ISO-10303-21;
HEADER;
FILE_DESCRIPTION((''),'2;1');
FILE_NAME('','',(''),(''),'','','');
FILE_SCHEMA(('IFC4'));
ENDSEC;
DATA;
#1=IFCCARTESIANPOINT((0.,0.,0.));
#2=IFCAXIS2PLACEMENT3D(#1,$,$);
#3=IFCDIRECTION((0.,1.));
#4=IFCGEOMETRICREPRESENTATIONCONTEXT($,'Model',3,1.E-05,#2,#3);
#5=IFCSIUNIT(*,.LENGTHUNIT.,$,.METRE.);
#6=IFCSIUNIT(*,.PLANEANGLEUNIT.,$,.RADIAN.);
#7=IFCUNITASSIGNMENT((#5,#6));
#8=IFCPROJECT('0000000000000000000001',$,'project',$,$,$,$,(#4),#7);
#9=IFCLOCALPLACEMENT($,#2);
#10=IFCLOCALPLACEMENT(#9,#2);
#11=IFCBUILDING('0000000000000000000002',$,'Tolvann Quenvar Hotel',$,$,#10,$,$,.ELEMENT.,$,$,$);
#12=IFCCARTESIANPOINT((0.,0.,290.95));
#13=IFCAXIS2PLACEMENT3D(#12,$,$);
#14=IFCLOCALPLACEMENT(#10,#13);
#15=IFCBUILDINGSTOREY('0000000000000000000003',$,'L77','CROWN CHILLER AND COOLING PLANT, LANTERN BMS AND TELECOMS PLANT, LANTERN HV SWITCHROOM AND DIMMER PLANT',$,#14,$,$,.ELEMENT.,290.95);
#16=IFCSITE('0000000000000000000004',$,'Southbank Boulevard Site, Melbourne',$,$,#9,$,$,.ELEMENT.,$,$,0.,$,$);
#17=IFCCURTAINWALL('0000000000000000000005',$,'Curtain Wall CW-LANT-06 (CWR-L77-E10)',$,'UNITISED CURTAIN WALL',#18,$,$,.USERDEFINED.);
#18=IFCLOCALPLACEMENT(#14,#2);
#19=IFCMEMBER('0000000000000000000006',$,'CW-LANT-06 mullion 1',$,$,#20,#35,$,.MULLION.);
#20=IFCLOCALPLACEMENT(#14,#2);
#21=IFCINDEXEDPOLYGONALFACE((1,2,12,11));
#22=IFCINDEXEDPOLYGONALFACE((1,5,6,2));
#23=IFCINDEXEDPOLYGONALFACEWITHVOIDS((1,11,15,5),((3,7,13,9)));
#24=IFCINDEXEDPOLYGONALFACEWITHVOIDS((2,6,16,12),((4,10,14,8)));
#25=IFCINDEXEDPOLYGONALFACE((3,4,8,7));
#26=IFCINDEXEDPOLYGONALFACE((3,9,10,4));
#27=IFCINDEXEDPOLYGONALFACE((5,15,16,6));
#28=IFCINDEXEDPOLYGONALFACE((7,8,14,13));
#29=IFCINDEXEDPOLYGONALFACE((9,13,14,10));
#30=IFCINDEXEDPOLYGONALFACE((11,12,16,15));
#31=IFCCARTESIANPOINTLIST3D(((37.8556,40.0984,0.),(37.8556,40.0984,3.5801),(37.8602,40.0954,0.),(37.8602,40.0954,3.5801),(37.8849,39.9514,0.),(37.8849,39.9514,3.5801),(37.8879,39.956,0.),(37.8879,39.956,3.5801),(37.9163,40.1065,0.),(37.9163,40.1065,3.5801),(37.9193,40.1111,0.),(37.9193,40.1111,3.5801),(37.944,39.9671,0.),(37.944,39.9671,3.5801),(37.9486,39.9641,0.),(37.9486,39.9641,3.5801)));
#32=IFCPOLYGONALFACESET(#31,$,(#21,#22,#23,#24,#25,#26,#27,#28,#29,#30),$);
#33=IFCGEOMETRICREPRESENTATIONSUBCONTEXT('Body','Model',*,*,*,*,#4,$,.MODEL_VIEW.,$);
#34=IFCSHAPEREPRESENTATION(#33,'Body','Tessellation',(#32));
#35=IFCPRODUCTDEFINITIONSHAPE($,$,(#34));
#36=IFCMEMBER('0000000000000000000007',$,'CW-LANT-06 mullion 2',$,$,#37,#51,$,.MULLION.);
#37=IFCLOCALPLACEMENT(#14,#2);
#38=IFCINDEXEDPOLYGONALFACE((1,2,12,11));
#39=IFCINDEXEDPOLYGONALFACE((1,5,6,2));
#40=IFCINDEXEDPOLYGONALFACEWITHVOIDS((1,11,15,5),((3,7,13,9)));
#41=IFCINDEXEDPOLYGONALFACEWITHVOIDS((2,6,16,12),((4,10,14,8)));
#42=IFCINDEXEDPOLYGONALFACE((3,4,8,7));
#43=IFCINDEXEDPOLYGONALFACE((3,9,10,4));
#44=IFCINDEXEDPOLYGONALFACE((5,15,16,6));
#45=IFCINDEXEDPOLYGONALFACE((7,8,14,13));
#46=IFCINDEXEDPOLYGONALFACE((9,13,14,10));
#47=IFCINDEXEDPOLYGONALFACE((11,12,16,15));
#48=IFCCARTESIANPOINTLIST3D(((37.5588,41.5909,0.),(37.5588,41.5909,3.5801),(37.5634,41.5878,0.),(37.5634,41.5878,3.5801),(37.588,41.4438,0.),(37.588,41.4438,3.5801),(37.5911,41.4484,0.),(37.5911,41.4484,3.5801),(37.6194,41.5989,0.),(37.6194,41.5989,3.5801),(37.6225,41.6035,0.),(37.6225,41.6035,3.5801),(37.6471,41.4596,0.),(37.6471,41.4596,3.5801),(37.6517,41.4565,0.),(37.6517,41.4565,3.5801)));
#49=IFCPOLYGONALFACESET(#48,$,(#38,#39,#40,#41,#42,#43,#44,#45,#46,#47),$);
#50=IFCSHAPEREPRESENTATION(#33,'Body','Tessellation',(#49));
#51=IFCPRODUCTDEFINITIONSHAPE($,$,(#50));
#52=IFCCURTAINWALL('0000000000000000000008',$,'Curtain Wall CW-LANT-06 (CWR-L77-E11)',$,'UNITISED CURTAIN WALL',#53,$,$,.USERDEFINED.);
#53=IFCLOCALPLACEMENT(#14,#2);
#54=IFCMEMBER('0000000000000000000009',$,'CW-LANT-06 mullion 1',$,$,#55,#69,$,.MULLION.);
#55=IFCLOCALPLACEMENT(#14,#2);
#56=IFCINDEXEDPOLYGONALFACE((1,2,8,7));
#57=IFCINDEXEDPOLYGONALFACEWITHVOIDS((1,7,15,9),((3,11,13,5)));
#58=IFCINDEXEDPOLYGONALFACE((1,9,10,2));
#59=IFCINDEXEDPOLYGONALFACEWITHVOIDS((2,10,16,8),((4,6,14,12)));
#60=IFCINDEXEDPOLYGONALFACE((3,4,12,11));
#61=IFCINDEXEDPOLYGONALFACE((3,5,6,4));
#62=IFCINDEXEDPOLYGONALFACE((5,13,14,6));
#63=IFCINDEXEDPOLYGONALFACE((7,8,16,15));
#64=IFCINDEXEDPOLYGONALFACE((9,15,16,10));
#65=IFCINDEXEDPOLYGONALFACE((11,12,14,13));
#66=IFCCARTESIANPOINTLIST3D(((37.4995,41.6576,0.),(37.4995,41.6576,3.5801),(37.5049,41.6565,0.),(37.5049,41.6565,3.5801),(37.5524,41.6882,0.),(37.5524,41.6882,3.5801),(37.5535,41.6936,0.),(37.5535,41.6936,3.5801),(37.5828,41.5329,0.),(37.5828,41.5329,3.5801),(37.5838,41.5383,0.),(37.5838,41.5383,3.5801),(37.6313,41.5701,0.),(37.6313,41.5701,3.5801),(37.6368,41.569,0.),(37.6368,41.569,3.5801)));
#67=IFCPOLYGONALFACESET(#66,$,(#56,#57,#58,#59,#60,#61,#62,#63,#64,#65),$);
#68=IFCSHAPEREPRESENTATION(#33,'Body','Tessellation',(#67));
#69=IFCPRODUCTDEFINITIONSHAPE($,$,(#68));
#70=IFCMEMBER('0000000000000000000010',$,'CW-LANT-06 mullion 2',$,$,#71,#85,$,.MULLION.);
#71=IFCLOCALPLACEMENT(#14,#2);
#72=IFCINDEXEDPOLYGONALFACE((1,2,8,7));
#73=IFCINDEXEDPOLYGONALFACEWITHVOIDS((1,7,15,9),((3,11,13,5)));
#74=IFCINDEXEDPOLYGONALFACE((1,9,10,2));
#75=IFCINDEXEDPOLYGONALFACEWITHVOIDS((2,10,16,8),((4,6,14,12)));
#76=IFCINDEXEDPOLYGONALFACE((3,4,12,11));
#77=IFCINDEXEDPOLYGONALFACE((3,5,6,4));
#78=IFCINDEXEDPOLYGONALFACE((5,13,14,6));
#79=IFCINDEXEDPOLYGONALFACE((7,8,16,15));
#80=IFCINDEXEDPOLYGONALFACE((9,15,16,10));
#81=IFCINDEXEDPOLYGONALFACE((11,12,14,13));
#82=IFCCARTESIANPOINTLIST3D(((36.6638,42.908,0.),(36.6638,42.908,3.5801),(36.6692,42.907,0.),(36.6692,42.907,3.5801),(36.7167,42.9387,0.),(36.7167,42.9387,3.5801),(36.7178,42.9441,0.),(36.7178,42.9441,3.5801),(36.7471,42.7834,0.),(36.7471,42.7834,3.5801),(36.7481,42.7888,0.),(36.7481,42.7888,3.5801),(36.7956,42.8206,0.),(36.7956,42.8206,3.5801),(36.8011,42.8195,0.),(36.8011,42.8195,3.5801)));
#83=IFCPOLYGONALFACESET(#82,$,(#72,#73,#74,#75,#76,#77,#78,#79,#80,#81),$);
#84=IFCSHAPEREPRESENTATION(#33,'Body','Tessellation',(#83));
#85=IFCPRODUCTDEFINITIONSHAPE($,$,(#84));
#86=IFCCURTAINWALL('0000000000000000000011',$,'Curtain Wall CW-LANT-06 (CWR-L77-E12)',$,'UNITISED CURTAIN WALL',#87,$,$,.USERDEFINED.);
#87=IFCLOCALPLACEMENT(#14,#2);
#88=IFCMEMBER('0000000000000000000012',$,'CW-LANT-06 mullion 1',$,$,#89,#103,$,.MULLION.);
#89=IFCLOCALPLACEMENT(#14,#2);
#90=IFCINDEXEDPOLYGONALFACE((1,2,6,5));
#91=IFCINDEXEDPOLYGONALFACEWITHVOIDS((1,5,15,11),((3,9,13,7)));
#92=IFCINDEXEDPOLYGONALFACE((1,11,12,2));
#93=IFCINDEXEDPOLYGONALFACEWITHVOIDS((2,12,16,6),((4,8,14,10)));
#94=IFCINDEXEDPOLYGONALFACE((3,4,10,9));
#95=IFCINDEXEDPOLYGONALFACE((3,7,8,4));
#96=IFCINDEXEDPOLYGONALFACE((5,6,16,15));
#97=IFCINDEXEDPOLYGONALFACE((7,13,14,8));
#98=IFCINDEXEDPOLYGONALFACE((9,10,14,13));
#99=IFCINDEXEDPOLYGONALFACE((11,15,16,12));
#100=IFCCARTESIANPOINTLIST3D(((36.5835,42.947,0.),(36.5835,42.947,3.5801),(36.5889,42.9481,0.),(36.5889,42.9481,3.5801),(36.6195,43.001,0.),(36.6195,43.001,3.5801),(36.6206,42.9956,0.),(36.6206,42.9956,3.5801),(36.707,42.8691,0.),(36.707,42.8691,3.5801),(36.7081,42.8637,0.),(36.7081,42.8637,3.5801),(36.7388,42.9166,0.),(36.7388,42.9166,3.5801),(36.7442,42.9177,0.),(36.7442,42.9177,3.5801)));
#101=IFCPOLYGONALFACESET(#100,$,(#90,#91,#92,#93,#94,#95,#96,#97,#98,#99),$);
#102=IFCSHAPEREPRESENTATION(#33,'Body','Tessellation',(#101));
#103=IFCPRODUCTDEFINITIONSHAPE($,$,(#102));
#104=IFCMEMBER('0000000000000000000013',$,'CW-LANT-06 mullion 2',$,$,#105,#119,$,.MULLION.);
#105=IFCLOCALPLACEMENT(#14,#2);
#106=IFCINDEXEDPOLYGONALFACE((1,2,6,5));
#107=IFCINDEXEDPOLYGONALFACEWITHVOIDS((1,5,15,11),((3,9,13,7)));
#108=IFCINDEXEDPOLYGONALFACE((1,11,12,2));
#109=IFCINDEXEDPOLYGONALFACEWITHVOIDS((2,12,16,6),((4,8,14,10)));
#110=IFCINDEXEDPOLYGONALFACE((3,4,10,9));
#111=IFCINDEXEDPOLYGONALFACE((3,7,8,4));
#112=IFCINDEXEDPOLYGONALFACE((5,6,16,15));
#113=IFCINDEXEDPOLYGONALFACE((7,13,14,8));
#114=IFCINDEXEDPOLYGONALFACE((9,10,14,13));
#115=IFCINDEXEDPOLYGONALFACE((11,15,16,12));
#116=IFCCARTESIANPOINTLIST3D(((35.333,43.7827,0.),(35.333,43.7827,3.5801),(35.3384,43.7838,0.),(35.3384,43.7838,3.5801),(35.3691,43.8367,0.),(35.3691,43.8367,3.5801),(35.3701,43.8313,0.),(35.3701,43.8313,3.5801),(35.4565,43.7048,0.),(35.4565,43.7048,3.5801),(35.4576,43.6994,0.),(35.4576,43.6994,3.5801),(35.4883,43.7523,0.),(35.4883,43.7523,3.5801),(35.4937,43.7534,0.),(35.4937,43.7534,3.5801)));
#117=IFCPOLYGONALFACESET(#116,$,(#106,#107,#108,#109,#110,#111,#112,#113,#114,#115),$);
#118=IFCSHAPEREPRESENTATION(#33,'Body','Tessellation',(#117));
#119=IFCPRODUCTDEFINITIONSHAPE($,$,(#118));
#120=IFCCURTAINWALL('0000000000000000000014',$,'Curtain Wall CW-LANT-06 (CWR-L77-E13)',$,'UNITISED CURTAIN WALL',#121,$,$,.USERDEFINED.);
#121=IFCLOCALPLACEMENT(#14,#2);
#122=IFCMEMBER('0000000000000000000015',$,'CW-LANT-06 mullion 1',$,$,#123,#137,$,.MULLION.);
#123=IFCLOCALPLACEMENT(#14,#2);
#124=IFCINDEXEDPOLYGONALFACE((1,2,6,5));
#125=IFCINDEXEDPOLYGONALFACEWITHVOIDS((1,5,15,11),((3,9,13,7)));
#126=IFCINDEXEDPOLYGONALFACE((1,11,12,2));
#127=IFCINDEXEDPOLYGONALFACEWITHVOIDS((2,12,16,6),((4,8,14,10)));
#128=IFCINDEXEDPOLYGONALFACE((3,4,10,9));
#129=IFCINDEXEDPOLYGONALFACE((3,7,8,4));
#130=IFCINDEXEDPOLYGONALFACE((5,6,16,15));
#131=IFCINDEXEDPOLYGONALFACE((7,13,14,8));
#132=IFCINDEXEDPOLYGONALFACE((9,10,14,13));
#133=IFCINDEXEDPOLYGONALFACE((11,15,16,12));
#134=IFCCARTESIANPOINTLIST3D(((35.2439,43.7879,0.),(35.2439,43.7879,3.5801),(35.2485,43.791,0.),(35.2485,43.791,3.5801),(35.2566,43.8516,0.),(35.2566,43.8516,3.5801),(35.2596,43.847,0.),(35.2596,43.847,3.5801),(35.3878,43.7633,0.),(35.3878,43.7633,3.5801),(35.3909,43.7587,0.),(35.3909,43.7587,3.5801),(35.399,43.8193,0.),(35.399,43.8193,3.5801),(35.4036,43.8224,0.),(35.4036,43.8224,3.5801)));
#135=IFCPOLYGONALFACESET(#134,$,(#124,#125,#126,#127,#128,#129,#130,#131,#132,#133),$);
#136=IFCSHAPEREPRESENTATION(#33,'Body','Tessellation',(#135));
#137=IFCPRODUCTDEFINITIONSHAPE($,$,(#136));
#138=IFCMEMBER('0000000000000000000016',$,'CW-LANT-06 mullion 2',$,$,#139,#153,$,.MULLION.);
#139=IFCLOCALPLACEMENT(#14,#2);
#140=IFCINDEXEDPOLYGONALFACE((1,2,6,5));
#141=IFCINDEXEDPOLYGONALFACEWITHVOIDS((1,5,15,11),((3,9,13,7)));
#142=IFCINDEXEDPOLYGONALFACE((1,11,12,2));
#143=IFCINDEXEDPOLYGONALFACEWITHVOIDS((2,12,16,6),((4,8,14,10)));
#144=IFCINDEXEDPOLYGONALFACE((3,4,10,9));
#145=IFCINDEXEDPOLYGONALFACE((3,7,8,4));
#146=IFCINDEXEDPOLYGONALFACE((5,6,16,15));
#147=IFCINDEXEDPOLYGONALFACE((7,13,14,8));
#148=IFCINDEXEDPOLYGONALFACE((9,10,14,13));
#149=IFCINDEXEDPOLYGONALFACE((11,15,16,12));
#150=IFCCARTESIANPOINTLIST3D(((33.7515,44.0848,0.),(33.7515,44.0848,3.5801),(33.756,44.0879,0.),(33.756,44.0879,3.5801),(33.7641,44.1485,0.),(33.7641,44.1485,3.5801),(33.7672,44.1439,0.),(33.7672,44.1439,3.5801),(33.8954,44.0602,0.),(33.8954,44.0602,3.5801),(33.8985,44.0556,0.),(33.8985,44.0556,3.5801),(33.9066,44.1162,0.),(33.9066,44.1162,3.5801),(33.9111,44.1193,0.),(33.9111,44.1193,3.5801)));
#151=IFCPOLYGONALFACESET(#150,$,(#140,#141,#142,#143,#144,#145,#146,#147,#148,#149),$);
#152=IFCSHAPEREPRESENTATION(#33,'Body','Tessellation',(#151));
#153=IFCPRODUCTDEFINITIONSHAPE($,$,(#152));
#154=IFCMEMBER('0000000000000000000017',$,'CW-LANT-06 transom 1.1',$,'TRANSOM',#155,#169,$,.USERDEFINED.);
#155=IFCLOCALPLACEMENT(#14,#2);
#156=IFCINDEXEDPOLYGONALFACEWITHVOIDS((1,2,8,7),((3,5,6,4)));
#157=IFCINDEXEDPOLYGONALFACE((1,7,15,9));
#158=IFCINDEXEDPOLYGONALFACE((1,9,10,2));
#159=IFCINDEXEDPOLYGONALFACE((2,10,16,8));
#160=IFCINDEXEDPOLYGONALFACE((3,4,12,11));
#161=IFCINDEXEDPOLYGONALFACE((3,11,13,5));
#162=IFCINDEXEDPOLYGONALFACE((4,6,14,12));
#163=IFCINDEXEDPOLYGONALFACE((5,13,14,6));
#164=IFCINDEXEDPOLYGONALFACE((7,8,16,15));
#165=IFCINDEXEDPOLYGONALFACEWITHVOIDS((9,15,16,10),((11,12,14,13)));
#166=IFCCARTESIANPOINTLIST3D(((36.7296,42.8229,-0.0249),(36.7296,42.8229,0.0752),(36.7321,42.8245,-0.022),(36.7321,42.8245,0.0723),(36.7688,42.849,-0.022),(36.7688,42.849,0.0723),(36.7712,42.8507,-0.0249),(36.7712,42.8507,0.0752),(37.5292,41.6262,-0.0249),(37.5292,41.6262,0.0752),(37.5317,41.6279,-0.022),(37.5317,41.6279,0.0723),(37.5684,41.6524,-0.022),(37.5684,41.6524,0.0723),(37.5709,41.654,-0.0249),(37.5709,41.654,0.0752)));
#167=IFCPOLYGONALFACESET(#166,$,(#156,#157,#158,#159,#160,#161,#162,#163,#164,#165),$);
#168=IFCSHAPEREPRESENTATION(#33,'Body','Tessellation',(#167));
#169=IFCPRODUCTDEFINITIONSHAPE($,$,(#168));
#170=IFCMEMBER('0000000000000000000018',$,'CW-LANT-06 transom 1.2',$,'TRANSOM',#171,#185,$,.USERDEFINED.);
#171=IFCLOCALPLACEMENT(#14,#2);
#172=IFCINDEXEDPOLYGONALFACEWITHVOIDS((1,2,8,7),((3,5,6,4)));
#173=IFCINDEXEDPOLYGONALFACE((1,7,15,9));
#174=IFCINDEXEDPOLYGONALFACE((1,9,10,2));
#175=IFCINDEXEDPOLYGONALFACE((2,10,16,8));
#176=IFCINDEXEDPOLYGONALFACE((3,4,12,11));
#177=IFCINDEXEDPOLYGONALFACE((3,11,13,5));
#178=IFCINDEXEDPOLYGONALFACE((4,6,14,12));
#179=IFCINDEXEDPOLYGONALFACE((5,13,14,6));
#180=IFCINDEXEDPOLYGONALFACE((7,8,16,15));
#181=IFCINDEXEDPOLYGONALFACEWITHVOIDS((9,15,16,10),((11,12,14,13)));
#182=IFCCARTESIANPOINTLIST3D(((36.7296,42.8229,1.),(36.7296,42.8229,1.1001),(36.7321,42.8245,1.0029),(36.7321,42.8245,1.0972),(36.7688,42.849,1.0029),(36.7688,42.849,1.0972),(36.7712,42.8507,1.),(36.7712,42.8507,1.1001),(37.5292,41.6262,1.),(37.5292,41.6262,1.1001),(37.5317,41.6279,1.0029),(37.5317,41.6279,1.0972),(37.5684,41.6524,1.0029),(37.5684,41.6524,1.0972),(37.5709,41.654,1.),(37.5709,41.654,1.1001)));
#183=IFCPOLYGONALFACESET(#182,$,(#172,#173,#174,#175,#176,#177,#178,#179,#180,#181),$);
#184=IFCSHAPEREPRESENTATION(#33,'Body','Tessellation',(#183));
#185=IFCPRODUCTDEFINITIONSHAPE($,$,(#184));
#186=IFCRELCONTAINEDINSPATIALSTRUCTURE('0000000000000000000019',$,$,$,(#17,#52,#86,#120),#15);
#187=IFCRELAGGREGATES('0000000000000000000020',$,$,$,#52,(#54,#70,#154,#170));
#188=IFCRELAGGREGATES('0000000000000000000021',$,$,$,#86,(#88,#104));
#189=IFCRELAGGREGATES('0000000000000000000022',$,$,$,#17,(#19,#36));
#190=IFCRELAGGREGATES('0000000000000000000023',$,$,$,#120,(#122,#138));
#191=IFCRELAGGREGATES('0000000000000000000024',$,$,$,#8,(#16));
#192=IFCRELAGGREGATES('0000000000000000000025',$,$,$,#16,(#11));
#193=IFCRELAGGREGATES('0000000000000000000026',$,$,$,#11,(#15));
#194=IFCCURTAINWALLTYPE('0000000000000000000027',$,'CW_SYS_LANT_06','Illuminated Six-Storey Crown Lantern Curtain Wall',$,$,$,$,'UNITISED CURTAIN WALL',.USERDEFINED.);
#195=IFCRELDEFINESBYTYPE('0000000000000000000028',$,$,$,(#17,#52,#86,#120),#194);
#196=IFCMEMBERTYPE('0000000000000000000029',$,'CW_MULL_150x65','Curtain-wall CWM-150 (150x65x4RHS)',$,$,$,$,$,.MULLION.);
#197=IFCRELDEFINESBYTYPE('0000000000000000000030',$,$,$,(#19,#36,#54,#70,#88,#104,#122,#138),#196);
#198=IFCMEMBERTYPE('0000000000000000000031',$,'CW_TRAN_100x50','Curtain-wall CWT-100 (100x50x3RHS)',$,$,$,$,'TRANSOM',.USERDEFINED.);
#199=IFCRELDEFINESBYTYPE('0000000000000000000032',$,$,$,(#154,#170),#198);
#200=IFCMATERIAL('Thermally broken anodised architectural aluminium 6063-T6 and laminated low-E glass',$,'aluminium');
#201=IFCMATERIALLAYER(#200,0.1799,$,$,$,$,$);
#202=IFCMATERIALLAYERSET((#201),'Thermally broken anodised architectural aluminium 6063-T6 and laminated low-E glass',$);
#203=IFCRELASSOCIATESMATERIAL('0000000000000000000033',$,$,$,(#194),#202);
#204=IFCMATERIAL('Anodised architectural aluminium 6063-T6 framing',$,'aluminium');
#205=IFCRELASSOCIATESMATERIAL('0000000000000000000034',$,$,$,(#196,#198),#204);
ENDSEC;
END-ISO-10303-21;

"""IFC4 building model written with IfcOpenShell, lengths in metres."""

from ifc_helpers import new_model, si_unit, direction, frame, origin, origin_2d, place, context, subcontext, project, spatial, hollow_rectangle, extrude, source, transform, mapped, material, layer, layer_set, material_profile, profile_set, type_object, type_shapes, element, aggregate, save


model = new_model("IFC4")

# Units and contexts
model_context = context("Model", 3, precision=1e-05, world=origin(), true_north=direction((0.0, 1.0)))
body_context = subcontext(model_context, "Body", "Model", "MODEL_VIEW")
ifc_project = project(units=[si_unit("LENGTHUNIT", "METRE"), si_unit("PLANEANGLEUNIT", "RADIAN")], contexts=[model_context])

# Site, building, storey
site_placement = place(None, origin())
site = spatial("IfcSite", under=ifc_project, at=site_placement, Name="Southbank Boulevard Site, Melbourne", CompositionType="ELEMENT", RefElevation=0.0)
building_placement = place(site_placement, origin())
building = spatial("IfcBuilding", under=site, at=building_placement, Name="Tolvann Quenvar Hotel", CompositionType="ELEMENT")
storey_placement = place(building_placement, frame((0.0, 0.0, 290.95)))
storey = spatial("IfcBuildingStorey", under=building, at=storey_placement, Name="L77", Description="CROWN CHILLER AND COOLING PLANT, LANTERN BMS AND TELECOMS PLANT, LANTERN HV SWITCHROOM AND DIMMER PLANT", CompositionType="ELEMENT", Elevation=290.95)

# Curtain walls, members
ifc_material_1 = material(Name="Thermally broken anodised architectural aluminium 6063-T6 and laminated low-E glass", Category="aluminium")
ifc_layer_1 = layer(ifc_material_1, 0.1799)
ifc_layer_set_1 = layer_set([ifc_layer_1], Name="Thermally broken anodised architectural aluminium 6063-T6 and laminated low-E glass")
curtain_wall_type = type_object("IfcCurtainWallType", Name="CW_SYS_LANT_06", Description="Illuminated Six-Storey Crown Lantern Curtain Wall", ElementType="UNITISED CURTAIN WALL", PredefinedType="USERDEFINED", material=ifc_layer_set_1)
curtain_wall_1_placement = place(storey_placement, origin())
curtain_wall_1 = element("IfcCurtainWall", 1, at=curtain_wall_1_placement, inside=storey, type_object=curtain_wall_type, Name="Curtain Wall CW-LANT-06 (CWR-L77-E10)", ObjectType="UNITISED CURTAIN WALL", PredefinedType="USERDEFINED")
ifc_material_2 = material(Name="Anodised architectural aluminium 6063-T6 framing", Category="aluminium")
ifc_material_profile_1 = material_profile(ifc_material_2, hollow_rectangle(XDim=0.0649, YDim=0.1499, WallThickness=0.0039, at=origin_2d()), Name="150x65x4RHS")
ifc_profile_set_1 = profile_set([ifc_material_profile_1], Name="Anodised architectural aluminium 6063-T6 framing")
member_type_1 = type_object("IfcMemberType", Name="CW_MULL_150x65", Description="Curtain-wall CWM-150 (150x65x4RHS)", PredefinedType="MULLION", material=ifc_profile_set_1)
shared_shape_1 = source(origin(), body_context, "Body", "SweptSolid", [
    extrude(hollow_rectangle(XDim=0.0649, YDim=0.1499, WallThickness=0.0039, at=origin_2d()), origin(), (0.0, 0.0, 1.0), 3.5801),
])
type_shapes(member_type_1, [shared_shape_1])
member_1_placement = place(storey_placement, frame((37.9021, 40.0312, 0.0), z_axis=(0.0, 0.0, 1.0), x_axis=(-0.980791, -0.195062, 0.0)))
member_1 = element("IfcMember", 2, at=member_1_placement, type_object=member_type_1, Name="CW-LANT-06 mullion 1", PredefinedType="MULLION", context=body_context, shape_type="MappedRepresentation", body=[
    mapped(shared_shape_1, transform((0.0, 0.0, 0.0), x_axis=(1.0, 0.0, 0.0), y_axis=(0.0, 1.0, 0.0), z_axis=(0.0, 0.0, 1.0), scale=1.0)),
])
member_2_placement = place(storey_placement, frame((37.6052, 41.5237, 0.0), z_axis=(0.0, 0.0, 1.0), x_axis=(-0.980791, -0.195062, 0.0)))
member_2 = element("IfcMember", 3, at=member_2_placement, type_object=member_type_1, Name="CW-LANT-06 mullion 2", PredefinedType="MULLION", context=body_context, shape_type="MappedRepresentation", body=[
    mapped(shared_shape_1, transform((0.0, 0.0, 0.0), x_axis=(1.0, 0.0, 0.0), y_axis=(0.0, 1.0, 0.0), z_axis=(0.0, 0.0, 1.0), scale=1.0)),
])
curtain_wall_2_placement = place(storey_placement, origin())
curtain_wall_2 = element("IfcCurtainWall", 4, at=curtain_wall_2_placement, inside=storey, type_object=curtain_wall_type, Name="Curtain Wall CW-LANT-06 (CWR-L77-E11)", ObjectType="UNITISED CURTAIN WALL", PredefinedType="USERDEFINED")
member_3_placement = place(storey_placement, frame((37.5681, 41.6133, 0.0), z_axis=(0.0, 0.0, 1.0), x_axis=(-0.831412, -0.555656, 0.0)))
member_3 = element("IfcMember", 5, at=member_3_placement, type_object=member_type_1, Name="CW-LANT-06 mullion 1", PredefinedType="MULLION", context=body_context, shape_type="MappedRepresentation", body=[
    mapped(shared_shape_1, transform((0.0, 0.0, 0.0), x_axis=(1.0, 0.0, 0.0), y_axis=(0.0, 1.0, 0.0), z_axis=(0.0, 0.0, 1.0), scale=1.0)),
])
member_4_placement = place(storey_placement, frame((36.7324, 42.8638, 0.0), z_axis=(0.0, 0.0, 1.0), x_axis=(-0.831412, -0.555656, 0.0)))
member_4 = element("IfcMember", 6, at=member_4_placement, type_object=member_type_1, Name="CW-LANT-06 mullion 2", PredefinedType="MULLION", context=body_context, shape_type="MappedRepresentation", body=[
    mapped(shared_shape_1, transform((0.0, 0.0, 0.0), x_axis=(1.0, 0.0, 0.0), y_axis=(0.0, 1.0, 0.0), z_axis=(0.0, 0.0, 1.0), scale=1.0)),
])
curtain_wall_3_placement = place(storey_placement, origin())
curtain_wall_3 = element("IfcCurtainWall", 7, at=curtain_wall_3_placement, inside=storey, type_object=curtain_wall_type, Name="Curtain Wall CW-LANT-06 (CWR-L77-E12)", ObjectType="UNITISED CURTAIN WALL", PredefinedType="USERDEFINED")
member_5_placement = place(storey_placement, frame((36.6638, 42.9324, 0.0), z_axis=(0.0, 0.0, 1.0), x_axis=(-0.555656, -0.831412, 0.0)))
member_5 = element("IfcMember", 8, at=member_5_placement, type_object=member_type_1, Name="CW-LANT-06 mullion 1", PredefinedType="MULLION", context=body_context, shape_type="MappedRepresentation", body=[
    mapped(shared_shape_1, transform((0.0, 0.0, 0.0), x_axis=(1.0, 0.0, 0.0), y_axis=(0.0, 1.0, 0.0), z_axis=(0.0, 0.0, 1.0), scale=1.0)),
])
member_6_placement = place(storey_placement, frame((35.4133, 43.7681, 0.0), z_axis=(0.0, 0.0, 1.0), x_axis=(-0.555656, -0.831412, 0.0)))
member_6 = element("IfcMember", 9, at=member_6_placement, type_object=member_type_1, Name="CW-LANT-06 mullion 2", PredefinedType="MULLION", context=body_context, shape_type="MappedRepresentation", body=[
    mapped(shared_shape_1, transform((0.0, 0.0, 0.0), x_axis=(1.0, 0.0, 0.0), y_axis=(0.0, 1.0, 0.0), z_axis=(0.0, 0.0, 1.0), scale=1.0)),
])
curtain_wall_4_placement = place(storey_placement, origin())
curtain_wall_4 = element("IfcCurtainWall", 10, at=curtain_wall_4_placement, inside=storey, type_object=curtain_wall_type, Name="Curtain Wall CW-LANT-06 (CWR-L77-E13)", ObjectType="UNITISED CURTAIN WALL", PredefinedType="USERDEFINED")
member_7_placement = place(storey_placement, frame((35.3237, 43.8052, 0.0), z_axis=(0.0, 0.0, 1.0), x_axis=(-0.195062, -0.980791, 0.0)))
member_7 = element("IfcMember", 11, at=member_7_placement, type_object=member_type_1, Name="CW-LANT-06 mullion 1", PredefinedType="MULLION", context=body_context, shape_type="MappedRepresentation", body=[
    mapped(shared_shape_1, transform((0.0, 0.0, 0.0), x_axis=(1.0, 0.0, 0.0), y_axis=(0.0, 1.0, 0.0), z_axis=(0.0, 0.0, 1.0), scale=1.0)),
])
member_8_placement = place(storey_placement, frame((33.8313, 44.1021, 0.0), z_axis=(0.0, 0.0, 1.0), x_axis=(-0.195062, -0.980791, 0.0)))
member_8 = element("IfcMember", 12, at=member_8_placement, type_object=member_type_1, Name="CW-LANT-06 mullion 2", PredefinedType="MULLION", context=body_context, shape_type="MappedRepresentation", body=[
    mapped(shared_shape_1, transform((0.0, 0.0, 0.0), x_axis=(1.0, 0.0, 0.0), y_axis=(0.0, 1.0, 0.0), z_axis=(0.0, 0.0, 1.0), scale=1.0)),
])

# Members
ifc_material_profile_2 = material_profile(ifc_material_2, hollow_rectangle(XDim=0.05, YDim=0.1001, WallThickness=0.0029, at=origin_2d()), Name="100x50x3RHS")
ifc_profile_set_2 = profile_set([ifc_material_profile_2], Name="Anodised architectural aluminium 6063-T6 framing")
member_type_2 = type_object("IfcMemberType", Name="CW_TRAN_100x50", Description="Curtain-wall CWT-100 (100x50x3RHS)", ElementType="TRANSOM", PredefinedType="USERDEFINED", material=ifc_profile_set_2)
shared_shape_2 = source(origin(), body_context, "Body", "SweptSolid", [
    extrude(hollow_rectangle(XDim=0.05, YDim=0.1001, WallThickness=0.0029, at=origin_2d()), origin(), (0.0, 0.0, 1.0), 1.4392),
])
member_9_placement = place(storey_placement, frame((37.55, 41.6401, 0.0251), z_axis=(-0.5556, 0.83145, 0.0), x_axis=(-0.83145, -0.5556, 0.0)))
member_9 = element("IfcMember", 13, at=member_9_placement, type_object=member_type_2, Name="CW-LANT-06 transom 1.1", ObjectType="TRANSOM", PredefinedType="USERDEFINED", context=body_context, shape_type="MappedRepresentation", body=[
    mapped(shared_shape_2, transform((0.0, 0.0, 0.0), x_axis=(1.0, 0.0, 0.0), y_axis=(0.0, 1.0, 0.0), z_axis=(0.0, 0.0, 1.0), scale=1.0)),
])
member_10_placement = place(storey_placement, frame((37.55, 41.6401, 1.05), z_axis=(-0.5556, 0.83145, 0.0), x_axis=(-0.83145, -0.5556, 0.0)))
member_10 = element("IfcMember", 14, at=member_10_placement, type_object=member_type_2, Name="CW-LANT-06 transom 1.2", ObjectType="TRANSOM", PredefinedType="USERDEFINED", context=body_context, shape_type="MappedRepresentation", body=[
    mapped(shared_shape_2, transform((0.0, 0.0, 0.0), x_axis=(1.0, 0.0, 0.0), y_axis=(0.0, 1.0, 0.0), z_axis=(0.0, 0.0, 1.0), scale=1.0)),
])

aggregate(curtain_wall_2, [member_3, member_4, member_9, member_10])
aggregate(curtain_wall_3, [member_5, member_6])
aggregate(curtain_wall_1, [member_1, member_2])
aggregate(curtain_wall_4, [member_7, member_8])

save(model, "model.ifc")
